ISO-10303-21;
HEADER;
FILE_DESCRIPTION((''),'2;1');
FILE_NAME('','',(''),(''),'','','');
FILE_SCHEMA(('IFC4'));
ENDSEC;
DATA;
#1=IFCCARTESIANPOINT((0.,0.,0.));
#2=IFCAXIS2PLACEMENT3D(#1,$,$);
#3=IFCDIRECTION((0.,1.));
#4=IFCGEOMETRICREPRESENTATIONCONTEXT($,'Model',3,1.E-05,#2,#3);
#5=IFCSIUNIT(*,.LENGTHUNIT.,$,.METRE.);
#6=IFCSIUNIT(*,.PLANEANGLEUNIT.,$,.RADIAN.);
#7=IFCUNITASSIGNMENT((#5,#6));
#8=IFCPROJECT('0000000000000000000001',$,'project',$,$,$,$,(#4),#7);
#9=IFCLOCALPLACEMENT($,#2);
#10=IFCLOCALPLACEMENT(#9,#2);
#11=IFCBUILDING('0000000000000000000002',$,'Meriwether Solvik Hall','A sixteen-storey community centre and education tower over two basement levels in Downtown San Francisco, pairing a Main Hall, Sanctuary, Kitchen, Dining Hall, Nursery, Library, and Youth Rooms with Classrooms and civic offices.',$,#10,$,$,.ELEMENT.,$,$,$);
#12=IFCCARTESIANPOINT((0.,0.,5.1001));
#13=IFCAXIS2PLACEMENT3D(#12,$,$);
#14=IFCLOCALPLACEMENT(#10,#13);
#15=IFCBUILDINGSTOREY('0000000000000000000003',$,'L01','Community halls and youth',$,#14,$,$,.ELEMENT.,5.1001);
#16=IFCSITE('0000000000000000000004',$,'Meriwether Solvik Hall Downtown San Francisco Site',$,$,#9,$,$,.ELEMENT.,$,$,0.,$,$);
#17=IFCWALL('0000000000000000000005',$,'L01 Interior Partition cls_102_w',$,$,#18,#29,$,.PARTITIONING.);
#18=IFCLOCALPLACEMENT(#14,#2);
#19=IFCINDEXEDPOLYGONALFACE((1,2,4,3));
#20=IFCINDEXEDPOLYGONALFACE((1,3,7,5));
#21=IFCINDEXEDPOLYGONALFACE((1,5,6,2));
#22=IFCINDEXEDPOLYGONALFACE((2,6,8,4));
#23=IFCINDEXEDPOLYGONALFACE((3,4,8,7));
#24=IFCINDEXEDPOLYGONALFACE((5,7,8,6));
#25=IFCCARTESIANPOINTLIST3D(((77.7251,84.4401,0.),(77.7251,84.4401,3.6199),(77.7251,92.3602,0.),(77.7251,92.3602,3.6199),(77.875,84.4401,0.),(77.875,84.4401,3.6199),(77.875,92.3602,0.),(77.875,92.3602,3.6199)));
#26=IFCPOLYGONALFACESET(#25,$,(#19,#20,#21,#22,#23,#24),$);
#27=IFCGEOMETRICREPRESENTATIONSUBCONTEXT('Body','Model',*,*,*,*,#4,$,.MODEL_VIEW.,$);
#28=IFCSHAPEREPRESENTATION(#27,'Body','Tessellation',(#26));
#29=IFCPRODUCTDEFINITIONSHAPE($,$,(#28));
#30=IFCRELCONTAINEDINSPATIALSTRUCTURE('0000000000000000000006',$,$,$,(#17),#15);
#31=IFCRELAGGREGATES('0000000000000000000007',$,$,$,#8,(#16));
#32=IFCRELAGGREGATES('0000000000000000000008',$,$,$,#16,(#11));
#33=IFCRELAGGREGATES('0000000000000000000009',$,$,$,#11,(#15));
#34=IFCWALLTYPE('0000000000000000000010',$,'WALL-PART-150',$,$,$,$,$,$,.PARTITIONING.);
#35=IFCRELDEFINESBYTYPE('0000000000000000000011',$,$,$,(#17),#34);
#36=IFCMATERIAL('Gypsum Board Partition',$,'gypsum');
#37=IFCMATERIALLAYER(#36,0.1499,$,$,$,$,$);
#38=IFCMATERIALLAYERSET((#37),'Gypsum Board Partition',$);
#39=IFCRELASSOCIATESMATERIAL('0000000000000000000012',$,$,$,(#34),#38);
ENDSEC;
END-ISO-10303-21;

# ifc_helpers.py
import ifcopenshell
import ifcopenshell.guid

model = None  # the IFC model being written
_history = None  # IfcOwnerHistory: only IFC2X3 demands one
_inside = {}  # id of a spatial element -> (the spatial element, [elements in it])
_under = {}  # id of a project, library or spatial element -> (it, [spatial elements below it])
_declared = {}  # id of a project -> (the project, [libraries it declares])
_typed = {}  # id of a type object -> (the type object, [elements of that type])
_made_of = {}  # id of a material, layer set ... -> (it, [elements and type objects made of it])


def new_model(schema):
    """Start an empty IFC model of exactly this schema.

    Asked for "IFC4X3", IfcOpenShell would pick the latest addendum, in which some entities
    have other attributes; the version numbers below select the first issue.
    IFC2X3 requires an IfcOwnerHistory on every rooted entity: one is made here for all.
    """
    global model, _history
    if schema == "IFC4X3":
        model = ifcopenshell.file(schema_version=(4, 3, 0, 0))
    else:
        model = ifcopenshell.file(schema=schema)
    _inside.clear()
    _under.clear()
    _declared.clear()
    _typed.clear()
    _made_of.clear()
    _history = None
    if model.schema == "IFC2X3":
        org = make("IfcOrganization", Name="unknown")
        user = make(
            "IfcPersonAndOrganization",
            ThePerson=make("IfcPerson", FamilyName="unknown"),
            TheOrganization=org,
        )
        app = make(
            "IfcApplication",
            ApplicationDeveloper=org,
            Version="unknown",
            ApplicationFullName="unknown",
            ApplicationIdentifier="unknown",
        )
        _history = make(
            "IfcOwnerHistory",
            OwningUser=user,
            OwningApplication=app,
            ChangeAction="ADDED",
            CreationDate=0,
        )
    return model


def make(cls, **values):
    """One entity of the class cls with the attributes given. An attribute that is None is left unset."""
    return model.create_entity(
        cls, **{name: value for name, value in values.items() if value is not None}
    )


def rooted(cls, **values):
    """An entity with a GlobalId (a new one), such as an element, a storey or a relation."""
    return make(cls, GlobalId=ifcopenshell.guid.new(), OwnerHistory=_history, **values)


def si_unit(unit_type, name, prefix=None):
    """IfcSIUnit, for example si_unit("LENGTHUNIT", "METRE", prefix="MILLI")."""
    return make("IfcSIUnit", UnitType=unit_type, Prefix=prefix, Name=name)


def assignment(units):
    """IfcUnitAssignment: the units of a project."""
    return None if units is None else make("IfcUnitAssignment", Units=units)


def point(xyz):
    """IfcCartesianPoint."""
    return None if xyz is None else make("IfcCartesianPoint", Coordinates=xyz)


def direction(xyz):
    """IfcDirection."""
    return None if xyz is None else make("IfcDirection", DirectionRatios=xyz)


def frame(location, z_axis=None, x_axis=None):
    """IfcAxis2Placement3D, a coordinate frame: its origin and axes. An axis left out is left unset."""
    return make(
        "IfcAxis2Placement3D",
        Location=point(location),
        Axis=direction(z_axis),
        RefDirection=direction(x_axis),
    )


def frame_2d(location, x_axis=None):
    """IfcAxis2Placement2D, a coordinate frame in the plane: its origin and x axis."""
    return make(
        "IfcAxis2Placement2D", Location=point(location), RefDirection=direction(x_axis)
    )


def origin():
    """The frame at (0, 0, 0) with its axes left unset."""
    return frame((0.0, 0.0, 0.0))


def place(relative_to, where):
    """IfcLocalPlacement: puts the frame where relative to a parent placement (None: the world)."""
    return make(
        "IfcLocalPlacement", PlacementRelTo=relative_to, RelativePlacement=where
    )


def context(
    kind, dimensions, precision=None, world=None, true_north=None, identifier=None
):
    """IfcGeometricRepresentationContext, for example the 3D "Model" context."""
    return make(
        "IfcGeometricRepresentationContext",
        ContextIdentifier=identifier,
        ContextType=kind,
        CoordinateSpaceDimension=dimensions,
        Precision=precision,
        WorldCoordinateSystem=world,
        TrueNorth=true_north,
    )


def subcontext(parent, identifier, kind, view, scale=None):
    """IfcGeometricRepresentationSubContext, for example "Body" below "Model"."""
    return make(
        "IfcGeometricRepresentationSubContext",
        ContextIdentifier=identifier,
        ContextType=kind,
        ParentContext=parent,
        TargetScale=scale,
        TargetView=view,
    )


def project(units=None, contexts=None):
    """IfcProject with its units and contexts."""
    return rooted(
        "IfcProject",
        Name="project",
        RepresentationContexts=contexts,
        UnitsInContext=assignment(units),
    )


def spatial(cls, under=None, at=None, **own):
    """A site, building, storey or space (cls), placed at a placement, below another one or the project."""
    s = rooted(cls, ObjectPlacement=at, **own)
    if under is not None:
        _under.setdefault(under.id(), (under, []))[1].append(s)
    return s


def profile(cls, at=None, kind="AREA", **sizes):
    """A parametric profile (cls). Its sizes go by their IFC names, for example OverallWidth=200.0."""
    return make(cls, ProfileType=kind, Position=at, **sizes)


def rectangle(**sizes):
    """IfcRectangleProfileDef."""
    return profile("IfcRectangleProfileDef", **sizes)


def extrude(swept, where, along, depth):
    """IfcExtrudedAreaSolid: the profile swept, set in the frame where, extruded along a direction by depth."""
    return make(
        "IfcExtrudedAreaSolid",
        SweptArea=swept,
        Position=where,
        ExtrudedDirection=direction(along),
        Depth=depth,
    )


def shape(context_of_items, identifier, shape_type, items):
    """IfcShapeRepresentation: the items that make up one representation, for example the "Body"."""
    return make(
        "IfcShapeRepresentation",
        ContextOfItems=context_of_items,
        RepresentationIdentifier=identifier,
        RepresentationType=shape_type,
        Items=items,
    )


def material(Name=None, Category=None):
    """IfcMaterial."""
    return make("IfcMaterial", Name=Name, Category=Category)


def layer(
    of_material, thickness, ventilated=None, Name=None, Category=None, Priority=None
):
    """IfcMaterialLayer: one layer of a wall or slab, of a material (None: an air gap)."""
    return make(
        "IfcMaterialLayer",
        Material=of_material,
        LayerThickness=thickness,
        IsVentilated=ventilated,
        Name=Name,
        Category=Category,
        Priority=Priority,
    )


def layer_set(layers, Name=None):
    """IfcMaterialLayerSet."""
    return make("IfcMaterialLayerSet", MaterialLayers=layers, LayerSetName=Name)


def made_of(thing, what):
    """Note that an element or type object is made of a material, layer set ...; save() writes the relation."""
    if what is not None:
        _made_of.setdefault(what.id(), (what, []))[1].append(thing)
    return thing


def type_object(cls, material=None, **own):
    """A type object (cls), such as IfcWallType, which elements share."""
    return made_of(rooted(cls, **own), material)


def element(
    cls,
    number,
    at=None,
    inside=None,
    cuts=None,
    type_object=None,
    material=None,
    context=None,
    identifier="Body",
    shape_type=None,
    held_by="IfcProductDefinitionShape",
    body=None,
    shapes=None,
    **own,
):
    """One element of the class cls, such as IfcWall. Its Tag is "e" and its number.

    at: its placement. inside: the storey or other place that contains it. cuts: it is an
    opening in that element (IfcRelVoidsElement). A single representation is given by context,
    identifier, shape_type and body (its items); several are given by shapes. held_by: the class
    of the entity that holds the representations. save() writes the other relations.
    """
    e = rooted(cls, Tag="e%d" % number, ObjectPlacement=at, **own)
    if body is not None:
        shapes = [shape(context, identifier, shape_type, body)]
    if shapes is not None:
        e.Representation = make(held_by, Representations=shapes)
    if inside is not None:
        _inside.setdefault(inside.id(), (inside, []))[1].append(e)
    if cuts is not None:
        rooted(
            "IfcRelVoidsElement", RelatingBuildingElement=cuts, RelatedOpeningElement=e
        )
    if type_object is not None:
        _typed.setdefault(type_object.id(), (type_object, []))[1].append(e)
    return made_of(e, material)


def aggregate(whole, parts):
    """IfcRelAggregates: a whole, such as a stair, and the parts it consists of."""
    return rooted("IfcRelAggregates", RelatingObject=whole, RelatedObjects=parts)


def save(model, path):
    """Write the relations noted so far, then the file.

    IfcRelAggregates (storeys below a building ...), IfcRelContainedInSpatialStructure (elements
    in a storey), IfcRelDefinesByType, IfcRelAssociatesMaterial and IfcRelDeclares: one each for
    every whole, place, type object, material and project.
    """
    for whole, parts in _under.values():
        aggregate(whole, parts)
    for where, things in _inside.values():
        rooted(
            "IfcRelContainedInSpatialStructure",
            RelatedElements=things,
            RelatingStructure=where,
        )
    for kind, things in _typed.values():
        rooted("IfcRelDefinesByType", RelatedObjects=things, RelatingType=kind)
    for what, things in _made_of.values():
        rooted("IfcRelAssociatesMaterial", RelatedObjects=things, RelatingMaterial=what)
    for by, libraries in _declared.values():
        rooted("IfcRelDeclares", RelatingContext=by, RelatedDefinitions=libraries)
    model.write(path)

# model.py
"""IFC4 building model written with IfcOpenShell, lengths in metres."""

from ifc_helpers import new_model, si_unit, direction, frame, frame_2d, origin, place, context, subcontext, project, spatial, rectangle, extrude, material, layer, layer_set, type_object, element, save


model = new_model("IFC4")

# Units and contexts
model_context = context("Model", 3, precision=1e-05, world=origin(), true_north=direction((0.0, 1.0)))
body_context = subcontext(model_context, "Body", "Model", "MODEL_VIEW")
ifc_project = project(units=[si_unit("LENGTHUNIT", "METRE"), si_unit("PLANEANGLEUNIT", "RADIAN")], contexts=[model_context])

# Site, building, storey
site_placement = place(None, origin())
site = spatial("IfcSite", under=ifc_project, at=site_placement, Name="Meriwether Solvik Hall Downtown San Francisco Site", CompositionType="ELEMENT", RefElevation=0.0)
building_placement = place(site_placement, origin())
building = spatial("IfcBuilding", under=site, at=building_placement, Name="Meriwether Solvik Hall", Description="A sixteen-storey community centre and education tower over two basement levels in Downtown San Francisco, pairing a Main Hall, Sanctuary, Kitchen, Dining Hall, Nursery, Library, and Youth Rooms with Classrooms and civic offices.", CompositionType="ELEMENT")
storey_placement = place(building_placement, frame((0.0, 0.0, 5.1001)))
storey = spatial("IfcBuildingStorey", under=building, at=storey_placement, Name="L01", Description="Community halls and youth", CompositionType="ELEMENT", Elevation=5.1001)

# Wall
ifc_material_1 = material(Name="Gypsum Board Partition", Category="gypsum")
ifc_layer_1 = layer(ifc_material_1, 0.1499)
ifc_layer_set_1 = layer_set([ifc_layer_1], Name="Gypsum Board Partition")
wall_type = type_object("IfcWallType", Name="WALL-PART-150", PredefinedType="PARTITIONING", material=ifc_layer_set_1)
wall_placement = place(storey_placement, frame((77.8, 92.3601, 0.0), z_axis=(0.0, 0.0, 1.0), x_axis=(0.0, -1.0, 0.0)))
element("IfcWall", 1, at=wall_placement, inside=storey, type_object=wall_type, Name="L01 Interior Partition cls_102_w", PredefinedType="PARTITIONING", context=body_context, shape_type="SweptSolid", body=[
    extrude(rectangle(XDim=7.9202, YDim=0.1499, at=frame_2d((3.96, 0.0))), origin(), (0.0, 0.0, 1.0), 3.6199),
])

save(model, "model.ifc")
